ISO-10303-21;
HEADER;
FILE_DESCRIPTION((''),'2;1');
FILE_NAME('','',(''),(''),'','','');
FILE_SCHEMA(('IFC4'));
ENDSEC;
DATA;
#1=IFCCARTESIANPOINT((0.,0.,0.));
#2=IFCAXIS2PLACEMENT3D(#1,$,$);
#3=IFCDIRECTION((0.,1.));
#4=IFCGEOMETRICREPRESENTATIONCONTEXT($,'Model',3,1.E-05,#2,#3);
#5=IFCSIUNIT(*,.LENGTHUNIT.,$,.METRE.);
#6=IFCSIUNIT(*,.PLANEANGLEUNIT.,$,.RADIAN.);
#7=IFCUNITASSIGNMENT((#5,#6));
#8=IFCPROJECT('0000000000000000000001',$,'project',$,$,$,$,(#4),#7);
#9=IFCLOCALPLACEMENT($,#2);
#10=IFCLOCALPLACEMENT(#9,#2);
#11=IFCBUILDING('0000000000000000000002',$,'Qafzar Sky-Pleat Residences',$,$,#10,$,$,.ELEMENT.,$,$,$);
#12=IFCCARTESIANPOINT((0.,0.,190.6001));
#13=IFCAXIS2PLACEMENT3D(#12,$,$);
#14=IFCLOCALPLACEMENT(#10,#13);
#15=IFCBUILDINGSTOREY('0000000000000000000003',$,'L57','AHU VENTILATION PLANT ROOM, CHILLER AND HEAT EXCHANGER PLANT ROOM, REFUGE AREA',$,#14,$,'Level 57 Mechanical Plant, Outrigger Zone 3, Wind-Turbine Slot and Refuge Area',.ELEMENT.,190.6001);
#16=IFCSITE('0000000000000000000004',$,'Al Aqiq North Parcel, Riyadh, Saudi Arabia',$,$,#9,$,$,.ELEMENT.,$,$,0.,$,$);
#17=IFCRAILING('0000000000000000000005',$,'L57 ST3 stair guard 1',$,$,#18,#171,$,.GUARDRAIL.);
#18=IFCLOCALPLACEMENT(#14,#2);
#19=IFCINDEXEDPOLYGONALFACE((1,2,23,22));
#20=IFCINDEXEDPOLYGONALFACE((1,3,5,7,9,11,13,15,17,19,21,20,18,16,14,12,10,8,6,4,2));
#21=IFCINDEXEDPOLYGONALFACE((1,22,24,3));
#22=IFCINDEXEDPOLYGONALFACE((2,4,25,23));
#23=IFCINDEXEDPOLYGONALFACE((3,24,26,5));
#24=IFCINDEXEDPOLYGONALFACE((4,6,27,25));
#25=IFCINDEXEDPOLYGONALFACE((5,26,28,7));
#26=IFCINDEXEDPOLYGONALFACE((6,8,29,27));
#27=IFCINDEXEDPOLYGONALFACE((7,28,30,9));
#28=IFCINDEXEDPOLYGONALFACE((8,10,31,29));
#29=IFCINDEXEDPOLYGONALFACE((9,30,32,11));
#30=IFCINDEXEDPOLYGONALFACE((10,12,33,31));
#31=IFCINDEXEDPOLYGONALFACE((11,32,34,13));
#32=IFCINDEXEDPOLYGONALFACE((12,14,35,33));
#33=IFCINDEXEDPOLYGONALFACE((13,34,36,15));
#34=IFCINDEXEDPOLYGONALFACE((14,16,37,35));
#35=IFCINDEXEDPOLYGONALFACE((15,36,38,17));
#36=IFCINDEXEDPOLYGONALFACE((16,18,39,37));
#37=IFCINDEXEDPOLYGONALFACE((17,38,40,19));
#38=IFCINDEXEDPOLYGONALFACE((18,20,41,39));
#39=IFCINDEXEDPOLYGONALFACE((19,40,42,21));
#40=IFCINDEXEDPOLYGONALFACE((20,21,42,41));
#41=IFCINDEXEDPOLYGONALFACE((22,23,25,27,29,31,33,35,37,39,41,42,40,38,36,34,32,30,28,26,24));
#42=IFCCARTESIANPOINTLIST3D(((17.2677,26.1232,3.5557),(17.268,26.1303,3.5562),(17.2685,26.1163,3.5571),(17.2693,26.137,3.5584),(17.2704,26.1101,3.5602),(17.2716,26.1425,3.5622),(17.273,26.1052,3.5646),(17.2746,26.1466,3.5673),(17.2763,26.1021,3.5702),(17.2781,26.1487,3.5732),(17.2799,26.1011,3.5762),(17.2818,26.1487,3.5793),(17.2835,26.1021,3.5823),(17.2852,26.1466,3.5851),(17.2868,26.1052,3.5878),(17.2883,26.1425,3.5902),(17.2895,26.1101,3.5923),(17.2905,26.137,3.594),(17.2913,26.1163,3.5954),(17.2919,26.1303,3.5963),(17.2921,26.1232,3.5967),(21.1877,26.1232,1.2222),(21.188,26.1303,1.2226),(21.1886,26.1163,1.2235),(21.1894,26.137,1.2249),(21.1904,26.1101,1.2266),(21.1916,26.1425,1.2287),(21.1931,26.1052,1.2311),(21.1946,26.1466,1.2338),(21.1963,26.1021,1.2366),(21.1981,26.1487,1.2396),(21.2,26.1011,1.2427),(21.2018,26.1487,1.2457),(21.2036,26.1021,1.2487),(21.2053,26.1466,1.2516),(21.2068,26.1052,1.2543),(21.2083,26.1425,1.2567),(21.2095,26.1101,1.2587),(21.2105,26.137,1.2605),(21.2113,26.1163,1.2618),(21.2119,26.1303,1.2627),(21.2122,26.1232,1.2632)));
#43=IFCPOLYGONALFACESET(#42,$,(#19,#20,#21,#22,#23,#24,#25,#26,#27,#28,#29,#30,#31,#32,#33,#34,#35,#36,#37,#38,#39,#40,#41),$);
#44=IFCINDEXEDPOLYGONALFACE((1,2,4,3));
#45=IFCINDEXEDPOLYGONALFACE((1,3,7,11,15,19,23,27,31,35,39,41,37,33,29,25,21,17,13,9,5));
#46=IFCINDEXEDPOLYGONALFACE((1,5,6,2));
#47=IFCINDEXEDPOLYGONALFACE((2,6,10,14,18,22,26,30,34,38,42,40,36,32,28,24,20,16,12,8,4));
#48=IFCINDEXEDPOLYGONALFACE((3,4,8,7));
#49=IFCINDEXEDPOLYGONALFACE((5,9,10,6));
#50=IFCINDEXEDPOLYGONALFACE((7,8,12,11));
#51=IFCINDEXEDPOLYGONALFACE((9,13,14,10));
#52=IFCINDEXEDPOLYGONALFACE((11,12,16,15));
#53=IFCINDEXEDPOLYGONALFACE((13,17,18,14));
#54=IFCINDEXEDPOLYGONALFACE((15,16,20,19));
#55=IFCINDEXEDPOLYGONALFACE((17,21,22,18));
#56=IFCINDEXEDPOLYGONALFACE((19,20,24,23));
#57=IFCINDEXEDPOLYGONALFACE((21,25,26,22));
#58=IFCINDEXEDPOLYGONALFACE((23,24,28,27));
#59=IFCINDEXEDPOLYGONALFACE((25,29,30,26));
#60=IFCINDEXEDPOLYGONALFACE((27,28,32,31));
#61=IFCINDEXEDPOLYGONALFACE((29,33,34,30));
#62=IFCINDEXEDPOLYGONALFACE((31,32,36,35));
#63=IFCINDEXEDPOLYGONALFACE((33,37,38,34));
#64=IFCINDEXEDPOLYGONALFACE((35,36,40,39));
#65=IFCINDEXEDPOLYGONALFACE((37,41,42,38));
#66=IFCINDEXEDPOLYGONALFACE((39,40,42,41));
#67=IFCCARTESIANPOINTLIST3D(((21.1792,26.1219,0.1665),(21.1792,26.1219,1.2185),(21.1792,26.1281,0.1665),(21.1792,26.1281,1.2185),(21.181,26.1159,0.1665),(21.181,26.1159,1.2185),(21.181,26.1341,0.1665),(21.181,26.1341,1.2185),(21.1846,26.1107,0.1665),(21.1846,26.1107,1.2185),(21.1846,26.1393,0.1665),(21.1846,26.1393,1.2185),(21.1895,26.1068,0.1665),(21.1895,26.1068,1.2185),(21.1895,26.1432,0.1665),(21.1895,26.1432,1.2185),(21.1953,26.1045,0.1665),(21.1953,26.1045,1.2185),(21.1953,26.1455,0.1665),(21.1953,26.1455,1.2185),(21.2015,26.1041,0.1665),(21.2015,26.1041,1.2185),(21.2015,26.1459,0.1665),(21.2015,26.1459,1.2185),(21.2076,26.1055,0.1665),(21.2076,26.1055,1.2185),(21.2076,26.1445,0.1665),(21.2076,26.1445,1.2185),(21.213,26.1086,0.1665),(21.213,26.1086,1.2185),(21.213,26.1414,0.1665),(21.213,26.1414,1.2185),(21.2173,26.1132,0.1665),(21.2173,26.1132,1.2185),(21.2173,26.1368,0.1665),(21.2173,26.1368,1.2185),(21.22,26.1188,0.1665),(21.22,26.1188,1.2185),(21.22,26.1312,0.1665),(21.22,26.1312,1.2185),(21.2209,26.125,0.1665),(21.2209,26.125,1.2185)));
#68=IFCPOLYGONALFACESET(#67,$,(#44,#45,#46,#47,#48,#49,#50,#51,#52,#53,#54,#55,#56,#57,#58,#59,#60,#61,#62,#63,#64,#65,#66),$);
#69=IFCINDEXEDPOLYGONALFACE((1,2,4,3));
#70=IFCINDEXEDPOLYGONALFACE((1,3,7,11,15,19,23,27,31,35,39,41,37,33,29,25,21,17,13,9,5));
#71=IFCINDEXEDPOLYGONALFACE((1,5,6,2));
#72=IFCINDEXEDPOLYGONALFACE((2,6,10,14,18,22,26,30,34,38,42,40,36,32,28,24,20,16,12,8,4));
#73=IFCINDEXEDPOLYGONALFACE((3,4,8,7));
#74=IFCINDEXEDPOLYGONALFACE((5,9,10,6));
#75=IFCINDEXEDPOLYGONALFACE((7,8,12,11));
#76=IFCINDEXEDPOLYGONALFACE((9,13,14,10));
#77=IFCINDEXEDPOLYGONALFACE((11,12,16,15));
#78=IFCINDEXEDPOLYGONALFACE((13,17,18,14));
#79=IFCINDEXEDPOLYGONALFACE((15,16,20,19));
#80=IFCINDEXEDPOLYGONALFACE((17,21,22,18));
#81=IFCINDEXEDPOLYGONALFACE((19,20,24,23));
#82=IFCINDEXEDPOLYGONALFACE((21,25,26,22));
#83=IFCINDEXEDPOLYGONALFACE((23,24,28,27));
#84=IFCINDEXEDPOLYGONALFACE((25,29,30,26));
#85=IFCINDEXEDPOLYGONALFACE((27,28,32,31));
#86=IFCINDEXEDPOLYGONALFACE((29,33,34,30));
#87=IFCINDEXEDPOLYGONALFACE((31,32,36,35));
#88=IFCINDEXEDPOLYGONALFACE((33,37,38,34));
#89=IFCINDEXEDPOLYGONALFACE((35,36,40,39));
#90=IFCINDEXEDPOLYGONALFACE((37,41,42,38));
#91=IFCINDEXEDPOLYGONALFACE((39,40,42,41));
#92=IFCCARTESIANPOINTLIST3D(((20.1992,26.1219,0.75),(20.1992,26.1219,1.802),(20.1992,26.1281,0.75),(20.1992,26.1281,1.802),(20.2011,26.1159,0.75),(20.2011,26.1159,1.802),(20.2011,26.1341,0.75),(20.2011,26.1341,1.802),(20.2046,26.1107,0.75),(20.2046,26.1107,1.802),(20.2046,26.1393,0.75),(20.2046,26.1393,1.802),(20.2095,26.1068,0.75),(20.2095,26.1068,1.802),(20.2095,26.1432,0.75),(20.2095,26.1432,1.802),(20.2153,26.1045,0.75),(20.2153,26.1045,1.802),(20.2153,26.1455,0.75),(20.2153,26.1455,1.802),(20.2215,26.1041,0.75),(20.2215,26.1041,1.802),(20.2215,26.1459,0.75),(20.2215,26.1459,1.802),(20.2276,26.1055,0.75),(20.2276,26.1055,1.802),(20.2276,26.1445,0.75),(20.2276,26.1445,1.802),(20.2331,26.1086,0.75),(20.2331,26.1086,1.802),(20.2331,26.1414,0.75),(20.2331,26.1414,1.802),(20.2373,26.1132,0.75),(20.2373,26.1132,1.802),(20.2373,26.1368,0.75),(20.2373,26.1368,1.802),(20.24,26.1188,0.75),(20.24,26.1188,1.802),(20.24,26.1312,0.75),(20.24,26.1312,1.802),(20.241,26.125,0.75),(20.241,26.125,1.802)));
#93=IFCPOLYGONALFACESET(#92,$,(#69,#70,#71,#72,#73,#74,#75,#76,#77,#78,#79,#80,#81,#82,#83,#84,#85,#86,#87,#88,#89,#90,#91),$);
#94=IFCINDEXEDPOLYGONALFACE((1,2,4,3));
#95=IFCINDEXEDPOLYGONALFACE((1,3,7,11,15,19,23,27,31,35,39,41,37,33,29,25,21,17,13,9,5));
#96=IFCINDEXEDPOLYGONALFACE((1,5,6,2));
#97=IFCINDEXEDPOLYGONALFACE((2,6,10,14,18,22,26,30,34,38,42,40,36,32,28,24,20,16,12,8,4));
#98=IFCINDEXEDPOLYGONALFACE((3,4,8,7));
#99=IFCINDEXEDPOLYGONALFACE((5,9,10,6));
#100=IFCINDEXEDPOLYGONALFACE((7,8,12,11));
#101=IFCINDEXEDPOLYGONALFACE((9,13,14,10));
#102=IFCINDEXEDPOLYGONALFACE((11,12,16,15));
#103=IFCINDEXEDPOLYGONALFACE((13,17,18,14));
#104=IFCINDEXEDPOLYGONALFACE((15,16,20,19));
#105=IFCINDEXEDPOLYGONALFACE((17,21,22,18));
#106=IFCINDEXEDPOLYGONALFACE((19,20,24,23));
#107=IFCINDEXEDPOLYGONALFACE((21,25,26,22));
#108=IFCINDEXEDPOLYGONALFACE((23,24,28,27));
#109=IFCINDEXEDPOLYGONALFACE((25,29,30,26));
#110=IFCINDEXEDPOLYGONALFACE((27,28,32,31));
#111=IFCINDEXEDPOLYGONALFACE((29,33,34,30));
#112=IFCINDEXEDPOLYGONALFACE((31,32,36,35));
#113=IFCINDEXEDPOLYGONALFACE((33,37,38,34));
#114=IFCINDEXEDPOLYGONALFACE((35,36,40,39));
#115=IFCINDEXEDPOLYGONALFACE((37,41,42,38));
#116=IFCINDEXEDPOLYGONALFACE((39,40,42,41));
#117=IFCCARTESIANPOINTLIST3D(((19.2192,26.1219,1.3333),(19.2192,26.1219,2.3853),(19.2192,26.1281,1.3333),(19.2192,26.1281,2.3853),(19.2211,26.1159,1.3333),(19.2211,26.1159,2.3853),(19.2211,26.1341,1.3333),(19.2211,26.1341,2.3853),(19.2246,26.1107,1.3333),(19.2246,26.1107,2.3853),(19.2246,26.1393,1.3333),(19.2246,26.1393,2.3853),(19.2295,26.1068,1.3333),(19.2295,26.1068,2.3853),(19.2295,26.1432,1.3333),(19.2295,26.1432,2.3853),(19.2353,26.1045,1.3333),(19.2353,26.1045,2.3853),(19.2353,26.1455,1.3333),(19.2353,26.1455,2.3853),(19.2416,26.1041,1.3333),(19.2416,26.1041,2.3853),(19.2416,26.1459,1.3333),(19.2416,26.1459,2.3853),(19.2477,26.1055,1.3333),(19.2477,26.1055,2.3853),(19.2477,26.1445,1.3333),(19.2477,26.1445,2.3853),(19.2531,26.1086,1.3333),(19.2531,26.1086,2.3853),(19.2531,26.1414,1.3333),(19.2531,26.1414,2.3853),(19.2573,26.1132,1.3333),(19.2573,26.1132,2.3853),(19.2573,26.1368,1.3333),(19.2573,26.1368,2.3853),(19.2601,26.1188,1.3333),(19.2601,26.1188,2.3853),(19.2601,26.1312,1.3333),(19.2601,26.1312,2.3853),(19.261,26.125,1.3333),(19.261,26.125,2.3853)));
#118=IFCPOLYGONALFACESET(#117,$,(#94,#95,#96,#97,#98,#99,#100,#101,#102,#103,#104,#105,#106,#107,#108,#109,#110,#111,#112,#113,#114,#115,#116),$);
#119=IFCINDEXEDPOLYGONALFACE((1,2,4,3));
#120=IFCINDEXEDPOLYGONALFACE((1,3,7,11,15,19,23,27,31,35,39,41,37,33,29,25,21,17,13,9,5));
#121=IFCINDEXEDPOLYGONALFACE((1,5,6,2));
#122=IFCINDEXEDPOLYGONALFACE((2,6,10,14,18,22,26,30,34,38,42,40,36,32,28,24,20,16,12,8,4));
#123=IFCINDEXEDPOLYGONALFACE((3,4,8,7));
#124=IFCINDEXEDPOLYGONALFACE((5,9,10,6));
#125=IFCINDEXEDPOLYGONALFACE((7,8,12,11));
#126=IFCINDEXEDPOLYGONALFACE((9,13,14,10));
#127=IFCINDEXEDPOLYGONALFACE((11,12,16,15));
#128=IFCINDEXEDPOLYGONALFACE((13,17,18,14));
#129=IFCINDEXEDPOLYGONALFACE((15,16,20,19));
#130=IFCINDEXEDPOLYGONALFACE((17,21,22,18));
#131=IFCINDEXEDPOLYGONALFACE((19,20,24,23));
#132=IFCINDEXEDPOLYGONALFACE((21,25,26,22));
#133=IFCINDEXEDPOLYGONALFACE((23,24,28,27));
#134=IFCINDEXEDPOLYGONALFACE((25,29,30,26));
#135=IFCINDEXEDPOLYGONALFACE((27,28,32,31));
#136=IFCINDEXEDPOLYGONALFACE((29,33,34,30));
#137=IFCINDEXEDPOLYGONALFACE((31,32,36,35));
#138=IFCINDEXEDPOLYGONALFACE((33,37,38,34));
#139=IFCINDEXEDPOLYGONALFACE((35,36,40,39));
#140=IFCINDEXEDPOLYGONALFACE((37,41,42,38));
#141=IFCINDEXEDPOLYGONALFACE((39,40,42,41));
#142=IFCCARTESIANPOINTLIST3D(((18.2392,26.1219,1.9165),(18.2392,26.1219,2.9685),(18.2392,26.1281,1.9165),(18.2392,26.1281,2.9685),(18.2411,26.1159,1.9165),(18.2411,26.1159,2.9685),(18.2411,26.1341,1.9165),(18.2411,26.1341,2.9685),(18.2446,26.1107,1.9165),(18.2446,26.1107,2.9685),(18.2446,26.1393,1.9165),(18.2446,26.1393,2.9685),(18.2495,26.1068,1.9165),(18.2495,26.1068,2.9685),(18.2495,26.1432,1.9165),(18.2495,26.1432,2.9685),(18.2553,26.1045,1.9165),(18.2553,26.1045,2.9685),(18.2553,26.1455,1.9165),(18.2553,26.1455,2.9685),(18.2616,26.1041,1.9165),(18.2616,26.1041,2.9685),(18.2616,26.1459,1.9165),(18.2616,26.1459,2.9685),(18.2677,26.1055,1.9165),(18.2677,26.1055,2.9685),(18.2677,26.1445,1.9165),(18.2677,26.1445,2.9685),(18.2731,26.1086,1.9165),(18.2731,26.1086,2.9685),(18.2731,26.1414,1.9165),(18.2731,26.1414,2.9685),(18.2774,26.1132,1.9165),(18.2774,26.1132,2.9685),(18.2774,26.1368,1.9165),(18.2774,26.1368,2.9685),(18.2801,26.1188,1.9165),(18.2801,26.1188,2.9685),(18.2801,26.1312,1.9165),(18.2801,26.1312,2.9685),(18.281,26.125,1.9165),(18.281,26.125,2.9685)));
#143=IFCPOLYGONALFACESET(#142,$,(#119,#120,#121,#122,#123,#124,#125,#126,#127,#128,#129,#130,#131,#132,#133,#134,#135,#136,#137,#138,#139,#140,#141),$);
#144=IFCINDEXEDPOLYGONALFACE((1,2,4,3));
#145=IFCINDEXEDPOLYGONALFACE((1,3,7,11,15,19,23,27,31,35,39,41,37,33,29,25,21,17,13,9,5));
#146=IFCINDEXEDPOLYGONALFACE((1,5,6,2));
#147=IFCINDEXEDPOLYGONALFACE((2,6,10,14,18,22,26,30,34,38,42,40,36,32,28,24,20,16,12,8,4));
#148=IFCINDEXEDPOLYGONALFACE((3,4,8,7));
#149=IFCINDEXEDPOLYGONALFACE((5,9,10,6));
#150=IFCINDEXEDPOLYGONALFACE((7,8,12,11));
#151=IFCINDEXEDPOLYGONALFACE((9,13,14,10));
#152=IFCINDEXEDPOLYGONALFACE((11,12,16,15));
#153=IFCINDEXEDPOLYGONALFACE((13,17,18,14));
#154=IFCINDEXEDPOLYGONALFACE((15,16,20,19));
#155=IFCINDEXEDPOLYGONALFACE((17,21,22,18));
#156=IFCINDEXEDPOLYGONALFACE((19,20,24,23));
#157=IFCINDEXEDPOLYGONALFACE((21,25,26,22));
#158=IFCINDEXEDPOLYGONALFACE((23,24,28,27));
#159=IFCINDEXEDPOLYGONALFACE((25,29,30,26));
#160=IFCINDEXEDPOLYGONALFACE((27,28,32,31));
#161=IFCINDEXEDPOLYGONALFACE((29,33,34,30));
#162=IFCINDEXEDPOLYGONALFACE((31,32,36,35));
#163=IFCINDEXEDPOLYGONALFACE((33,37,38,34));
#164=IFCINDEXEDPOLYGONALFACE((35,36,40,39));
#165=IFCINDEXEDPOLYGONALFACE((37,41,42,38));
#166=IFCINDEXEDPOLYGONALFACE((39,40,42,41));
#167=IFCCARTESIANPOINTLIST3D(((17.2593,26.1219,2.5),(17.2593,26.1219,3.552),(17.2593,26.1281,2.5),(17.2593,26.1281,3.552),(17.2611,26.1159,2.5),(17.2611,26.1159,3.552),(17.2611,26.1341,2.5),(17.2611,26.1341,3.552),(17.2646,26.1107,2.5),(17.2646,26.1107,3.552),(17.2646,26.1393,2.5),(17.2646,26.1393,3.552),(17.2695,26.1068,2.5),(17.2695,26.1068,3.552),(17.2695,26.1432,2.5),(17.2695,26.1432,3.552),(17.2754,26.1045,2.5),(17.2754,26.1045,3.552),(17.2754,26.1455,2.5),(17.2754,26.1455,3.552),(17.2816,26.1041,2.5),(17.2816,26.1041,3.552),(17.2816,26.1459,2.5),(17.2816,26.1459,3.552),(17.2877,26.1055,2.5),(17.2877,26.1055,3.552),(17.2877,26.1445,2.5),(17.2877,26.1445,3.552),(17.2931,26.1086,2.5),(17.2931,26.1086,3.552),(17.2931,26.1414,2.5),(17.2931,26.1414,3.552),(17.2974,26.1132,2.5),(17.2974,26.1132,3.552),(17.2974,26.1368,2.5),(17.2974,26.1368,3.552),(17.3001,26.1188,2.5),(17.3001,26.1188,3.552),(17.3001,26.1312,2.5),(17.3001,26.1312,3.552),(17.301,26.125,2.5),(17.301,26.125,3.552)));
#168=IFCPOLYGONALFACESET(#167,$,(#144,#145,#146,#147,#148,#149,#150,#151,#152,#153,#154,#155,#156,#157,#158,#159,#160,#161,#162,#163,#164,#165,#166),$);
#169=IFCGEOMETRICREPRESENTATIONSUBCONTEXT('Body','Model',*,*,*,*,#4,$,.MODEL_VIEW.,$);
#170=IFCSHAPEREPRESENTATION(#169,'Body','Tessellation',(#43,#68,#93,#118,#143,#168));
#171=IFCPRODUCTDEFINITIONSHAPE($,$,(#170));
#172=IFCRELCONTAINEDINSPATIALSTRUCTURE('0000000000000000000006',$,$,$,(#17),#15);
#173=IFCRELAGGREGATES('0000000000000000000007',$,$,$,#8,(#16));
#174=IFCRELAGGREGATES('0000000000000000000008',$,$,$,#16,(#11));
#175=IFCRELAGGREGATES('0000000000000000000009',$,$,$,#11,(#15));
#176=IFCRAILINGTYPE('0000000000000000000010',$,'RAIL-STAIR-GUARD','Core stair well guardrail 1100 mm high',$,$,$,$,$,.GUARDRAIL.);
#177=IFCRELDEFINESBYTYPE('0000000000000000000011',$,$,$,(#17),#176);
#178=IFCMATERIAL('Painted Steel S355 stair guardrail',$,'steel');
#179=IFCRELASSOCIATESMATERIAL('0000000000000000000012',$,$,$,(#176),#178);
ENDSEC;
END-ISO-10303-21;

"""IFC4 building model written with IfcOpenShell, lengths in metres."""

from ifc_helpers import new_model, si_unit, direction, frame, origin, origin_2d, place, context, subcontext, project, spatial, circle, extrude, source, transform, mapped, material, type_object, element, save


model = new_model("IFC4")

# Units and contexts
model_context = context("Model", 3, precision=1e-05, world=origin(), true_north=direction((0.0, 1.0)))
body_context = subcontext(model_context, "Body", "Model", "MODEL_VIEW")
ifc_project = project(units=[si_unit("LENGTHUNIT", "METRE"), si_unit("PLANEANGLEUNIT", "RADIAN")], contexts=[model_context])

# Site, building, storey
site_placement = place(None, origin())
site = spatial("IfcSite", under=ifc_project, at=site_placement, Name="Al Aqiq North Parcel, Riyadh, Saudi Arabia", CompositionType="ELEMENT", RefElevation=0.0)
building_placement = place(site_placement, origin())
building = spatial("IfcBuilding", under=site, at=building_placement, Name="Qafzar Sky-Pleat Residences", CompositionType="ELEMENT")
storey_placement = place(building_placement, frame((0.0, 0.0, 190.6001)))
storey = spatial("IfcBuildingStorey", under=building, at=storey_placement, Name="L57", Description="AHU VENTILATION PLANT ROOM, CHILLER AND HEAT EXCHANGER PLANT ROOM, REFUGE AREA", LongName="Level 57 Mechanical Plant, Outrigger Zone 3, Wind-Turbine Slot and Refuge Area", CompositionType="ELEMENT", Elevation=190.6001)

# Railing
ifc_material_1 = material(Name="Painted Steel S355 stair guardrail", Category="steel")
railing_type_1 = type_object("IfcRailingType", Name="RAIL-STAIR-GUARD", Description="Core stair well guardrail 1100 mm high", PredefinedType="GUARDRAIL", material=ifc_material_1)
shared_shape_1 = source(origin(), body_context, "Body", "SweptSolid", [
    extrude(circle(Radius=0.0239, at=origin_2d()), frame((0.0, 0.0, 1.0762), z_axis=(-0.859273, 0.0, 0.511518), x_axis=(0.0, -1.0, 0.0)), (0.0, 0.0, 1.0), 4.562),
    extrude(circle(Radius=0.021, at=origin_2d()), origin(), (0.0, 0.0, 1.0), 1.052),
    extrude(circle(Radius=0.021, at=origin_2d()), frame((-0.98, 0.0, 0.5835)), (0.0, 0.0, 1.0), 1.052),
    extrude(circle(Radius=0.021, at=origin_2d()), frame((-1.96, 0.0, 1.1667)), (0.0, 0.0, 1.0), 1.052),
    extrude(circle(Radius=0.021, at=origin_2d()), frame((-2.9399, 0.0, 1.75)), (0.0, 0.0, 1.0), 1.052),
    extrude(circle(Radius=0.021, at=origin_2d()), frame((-3.9199, 0.0, 2.3335)), (0.0, 0.0, 1.0), 1.052),
])
railing_1_placement = place(storey_placement, frame((21.2, 26.125, 0.1665)))
element("IfcRailing", 1, at=railing_1_placement, inside=storey, type_object=railing_type_1, Name="L57 ST3 stair guard 1", PredefinedType="GUARDRAIL", context=body_context, shape_type="MappedRepresentation", body=[
    mapped(shared_shape_1, transform((0.0, 0.0, 0.0), x_axis=(1.0, 0.0, 0.0), y_axis=(0.0, 1.0, 0.0), z_axis=(0.0, 0.0, 1.0), scale=1.0)),
])

save(model, "model.ifc")
